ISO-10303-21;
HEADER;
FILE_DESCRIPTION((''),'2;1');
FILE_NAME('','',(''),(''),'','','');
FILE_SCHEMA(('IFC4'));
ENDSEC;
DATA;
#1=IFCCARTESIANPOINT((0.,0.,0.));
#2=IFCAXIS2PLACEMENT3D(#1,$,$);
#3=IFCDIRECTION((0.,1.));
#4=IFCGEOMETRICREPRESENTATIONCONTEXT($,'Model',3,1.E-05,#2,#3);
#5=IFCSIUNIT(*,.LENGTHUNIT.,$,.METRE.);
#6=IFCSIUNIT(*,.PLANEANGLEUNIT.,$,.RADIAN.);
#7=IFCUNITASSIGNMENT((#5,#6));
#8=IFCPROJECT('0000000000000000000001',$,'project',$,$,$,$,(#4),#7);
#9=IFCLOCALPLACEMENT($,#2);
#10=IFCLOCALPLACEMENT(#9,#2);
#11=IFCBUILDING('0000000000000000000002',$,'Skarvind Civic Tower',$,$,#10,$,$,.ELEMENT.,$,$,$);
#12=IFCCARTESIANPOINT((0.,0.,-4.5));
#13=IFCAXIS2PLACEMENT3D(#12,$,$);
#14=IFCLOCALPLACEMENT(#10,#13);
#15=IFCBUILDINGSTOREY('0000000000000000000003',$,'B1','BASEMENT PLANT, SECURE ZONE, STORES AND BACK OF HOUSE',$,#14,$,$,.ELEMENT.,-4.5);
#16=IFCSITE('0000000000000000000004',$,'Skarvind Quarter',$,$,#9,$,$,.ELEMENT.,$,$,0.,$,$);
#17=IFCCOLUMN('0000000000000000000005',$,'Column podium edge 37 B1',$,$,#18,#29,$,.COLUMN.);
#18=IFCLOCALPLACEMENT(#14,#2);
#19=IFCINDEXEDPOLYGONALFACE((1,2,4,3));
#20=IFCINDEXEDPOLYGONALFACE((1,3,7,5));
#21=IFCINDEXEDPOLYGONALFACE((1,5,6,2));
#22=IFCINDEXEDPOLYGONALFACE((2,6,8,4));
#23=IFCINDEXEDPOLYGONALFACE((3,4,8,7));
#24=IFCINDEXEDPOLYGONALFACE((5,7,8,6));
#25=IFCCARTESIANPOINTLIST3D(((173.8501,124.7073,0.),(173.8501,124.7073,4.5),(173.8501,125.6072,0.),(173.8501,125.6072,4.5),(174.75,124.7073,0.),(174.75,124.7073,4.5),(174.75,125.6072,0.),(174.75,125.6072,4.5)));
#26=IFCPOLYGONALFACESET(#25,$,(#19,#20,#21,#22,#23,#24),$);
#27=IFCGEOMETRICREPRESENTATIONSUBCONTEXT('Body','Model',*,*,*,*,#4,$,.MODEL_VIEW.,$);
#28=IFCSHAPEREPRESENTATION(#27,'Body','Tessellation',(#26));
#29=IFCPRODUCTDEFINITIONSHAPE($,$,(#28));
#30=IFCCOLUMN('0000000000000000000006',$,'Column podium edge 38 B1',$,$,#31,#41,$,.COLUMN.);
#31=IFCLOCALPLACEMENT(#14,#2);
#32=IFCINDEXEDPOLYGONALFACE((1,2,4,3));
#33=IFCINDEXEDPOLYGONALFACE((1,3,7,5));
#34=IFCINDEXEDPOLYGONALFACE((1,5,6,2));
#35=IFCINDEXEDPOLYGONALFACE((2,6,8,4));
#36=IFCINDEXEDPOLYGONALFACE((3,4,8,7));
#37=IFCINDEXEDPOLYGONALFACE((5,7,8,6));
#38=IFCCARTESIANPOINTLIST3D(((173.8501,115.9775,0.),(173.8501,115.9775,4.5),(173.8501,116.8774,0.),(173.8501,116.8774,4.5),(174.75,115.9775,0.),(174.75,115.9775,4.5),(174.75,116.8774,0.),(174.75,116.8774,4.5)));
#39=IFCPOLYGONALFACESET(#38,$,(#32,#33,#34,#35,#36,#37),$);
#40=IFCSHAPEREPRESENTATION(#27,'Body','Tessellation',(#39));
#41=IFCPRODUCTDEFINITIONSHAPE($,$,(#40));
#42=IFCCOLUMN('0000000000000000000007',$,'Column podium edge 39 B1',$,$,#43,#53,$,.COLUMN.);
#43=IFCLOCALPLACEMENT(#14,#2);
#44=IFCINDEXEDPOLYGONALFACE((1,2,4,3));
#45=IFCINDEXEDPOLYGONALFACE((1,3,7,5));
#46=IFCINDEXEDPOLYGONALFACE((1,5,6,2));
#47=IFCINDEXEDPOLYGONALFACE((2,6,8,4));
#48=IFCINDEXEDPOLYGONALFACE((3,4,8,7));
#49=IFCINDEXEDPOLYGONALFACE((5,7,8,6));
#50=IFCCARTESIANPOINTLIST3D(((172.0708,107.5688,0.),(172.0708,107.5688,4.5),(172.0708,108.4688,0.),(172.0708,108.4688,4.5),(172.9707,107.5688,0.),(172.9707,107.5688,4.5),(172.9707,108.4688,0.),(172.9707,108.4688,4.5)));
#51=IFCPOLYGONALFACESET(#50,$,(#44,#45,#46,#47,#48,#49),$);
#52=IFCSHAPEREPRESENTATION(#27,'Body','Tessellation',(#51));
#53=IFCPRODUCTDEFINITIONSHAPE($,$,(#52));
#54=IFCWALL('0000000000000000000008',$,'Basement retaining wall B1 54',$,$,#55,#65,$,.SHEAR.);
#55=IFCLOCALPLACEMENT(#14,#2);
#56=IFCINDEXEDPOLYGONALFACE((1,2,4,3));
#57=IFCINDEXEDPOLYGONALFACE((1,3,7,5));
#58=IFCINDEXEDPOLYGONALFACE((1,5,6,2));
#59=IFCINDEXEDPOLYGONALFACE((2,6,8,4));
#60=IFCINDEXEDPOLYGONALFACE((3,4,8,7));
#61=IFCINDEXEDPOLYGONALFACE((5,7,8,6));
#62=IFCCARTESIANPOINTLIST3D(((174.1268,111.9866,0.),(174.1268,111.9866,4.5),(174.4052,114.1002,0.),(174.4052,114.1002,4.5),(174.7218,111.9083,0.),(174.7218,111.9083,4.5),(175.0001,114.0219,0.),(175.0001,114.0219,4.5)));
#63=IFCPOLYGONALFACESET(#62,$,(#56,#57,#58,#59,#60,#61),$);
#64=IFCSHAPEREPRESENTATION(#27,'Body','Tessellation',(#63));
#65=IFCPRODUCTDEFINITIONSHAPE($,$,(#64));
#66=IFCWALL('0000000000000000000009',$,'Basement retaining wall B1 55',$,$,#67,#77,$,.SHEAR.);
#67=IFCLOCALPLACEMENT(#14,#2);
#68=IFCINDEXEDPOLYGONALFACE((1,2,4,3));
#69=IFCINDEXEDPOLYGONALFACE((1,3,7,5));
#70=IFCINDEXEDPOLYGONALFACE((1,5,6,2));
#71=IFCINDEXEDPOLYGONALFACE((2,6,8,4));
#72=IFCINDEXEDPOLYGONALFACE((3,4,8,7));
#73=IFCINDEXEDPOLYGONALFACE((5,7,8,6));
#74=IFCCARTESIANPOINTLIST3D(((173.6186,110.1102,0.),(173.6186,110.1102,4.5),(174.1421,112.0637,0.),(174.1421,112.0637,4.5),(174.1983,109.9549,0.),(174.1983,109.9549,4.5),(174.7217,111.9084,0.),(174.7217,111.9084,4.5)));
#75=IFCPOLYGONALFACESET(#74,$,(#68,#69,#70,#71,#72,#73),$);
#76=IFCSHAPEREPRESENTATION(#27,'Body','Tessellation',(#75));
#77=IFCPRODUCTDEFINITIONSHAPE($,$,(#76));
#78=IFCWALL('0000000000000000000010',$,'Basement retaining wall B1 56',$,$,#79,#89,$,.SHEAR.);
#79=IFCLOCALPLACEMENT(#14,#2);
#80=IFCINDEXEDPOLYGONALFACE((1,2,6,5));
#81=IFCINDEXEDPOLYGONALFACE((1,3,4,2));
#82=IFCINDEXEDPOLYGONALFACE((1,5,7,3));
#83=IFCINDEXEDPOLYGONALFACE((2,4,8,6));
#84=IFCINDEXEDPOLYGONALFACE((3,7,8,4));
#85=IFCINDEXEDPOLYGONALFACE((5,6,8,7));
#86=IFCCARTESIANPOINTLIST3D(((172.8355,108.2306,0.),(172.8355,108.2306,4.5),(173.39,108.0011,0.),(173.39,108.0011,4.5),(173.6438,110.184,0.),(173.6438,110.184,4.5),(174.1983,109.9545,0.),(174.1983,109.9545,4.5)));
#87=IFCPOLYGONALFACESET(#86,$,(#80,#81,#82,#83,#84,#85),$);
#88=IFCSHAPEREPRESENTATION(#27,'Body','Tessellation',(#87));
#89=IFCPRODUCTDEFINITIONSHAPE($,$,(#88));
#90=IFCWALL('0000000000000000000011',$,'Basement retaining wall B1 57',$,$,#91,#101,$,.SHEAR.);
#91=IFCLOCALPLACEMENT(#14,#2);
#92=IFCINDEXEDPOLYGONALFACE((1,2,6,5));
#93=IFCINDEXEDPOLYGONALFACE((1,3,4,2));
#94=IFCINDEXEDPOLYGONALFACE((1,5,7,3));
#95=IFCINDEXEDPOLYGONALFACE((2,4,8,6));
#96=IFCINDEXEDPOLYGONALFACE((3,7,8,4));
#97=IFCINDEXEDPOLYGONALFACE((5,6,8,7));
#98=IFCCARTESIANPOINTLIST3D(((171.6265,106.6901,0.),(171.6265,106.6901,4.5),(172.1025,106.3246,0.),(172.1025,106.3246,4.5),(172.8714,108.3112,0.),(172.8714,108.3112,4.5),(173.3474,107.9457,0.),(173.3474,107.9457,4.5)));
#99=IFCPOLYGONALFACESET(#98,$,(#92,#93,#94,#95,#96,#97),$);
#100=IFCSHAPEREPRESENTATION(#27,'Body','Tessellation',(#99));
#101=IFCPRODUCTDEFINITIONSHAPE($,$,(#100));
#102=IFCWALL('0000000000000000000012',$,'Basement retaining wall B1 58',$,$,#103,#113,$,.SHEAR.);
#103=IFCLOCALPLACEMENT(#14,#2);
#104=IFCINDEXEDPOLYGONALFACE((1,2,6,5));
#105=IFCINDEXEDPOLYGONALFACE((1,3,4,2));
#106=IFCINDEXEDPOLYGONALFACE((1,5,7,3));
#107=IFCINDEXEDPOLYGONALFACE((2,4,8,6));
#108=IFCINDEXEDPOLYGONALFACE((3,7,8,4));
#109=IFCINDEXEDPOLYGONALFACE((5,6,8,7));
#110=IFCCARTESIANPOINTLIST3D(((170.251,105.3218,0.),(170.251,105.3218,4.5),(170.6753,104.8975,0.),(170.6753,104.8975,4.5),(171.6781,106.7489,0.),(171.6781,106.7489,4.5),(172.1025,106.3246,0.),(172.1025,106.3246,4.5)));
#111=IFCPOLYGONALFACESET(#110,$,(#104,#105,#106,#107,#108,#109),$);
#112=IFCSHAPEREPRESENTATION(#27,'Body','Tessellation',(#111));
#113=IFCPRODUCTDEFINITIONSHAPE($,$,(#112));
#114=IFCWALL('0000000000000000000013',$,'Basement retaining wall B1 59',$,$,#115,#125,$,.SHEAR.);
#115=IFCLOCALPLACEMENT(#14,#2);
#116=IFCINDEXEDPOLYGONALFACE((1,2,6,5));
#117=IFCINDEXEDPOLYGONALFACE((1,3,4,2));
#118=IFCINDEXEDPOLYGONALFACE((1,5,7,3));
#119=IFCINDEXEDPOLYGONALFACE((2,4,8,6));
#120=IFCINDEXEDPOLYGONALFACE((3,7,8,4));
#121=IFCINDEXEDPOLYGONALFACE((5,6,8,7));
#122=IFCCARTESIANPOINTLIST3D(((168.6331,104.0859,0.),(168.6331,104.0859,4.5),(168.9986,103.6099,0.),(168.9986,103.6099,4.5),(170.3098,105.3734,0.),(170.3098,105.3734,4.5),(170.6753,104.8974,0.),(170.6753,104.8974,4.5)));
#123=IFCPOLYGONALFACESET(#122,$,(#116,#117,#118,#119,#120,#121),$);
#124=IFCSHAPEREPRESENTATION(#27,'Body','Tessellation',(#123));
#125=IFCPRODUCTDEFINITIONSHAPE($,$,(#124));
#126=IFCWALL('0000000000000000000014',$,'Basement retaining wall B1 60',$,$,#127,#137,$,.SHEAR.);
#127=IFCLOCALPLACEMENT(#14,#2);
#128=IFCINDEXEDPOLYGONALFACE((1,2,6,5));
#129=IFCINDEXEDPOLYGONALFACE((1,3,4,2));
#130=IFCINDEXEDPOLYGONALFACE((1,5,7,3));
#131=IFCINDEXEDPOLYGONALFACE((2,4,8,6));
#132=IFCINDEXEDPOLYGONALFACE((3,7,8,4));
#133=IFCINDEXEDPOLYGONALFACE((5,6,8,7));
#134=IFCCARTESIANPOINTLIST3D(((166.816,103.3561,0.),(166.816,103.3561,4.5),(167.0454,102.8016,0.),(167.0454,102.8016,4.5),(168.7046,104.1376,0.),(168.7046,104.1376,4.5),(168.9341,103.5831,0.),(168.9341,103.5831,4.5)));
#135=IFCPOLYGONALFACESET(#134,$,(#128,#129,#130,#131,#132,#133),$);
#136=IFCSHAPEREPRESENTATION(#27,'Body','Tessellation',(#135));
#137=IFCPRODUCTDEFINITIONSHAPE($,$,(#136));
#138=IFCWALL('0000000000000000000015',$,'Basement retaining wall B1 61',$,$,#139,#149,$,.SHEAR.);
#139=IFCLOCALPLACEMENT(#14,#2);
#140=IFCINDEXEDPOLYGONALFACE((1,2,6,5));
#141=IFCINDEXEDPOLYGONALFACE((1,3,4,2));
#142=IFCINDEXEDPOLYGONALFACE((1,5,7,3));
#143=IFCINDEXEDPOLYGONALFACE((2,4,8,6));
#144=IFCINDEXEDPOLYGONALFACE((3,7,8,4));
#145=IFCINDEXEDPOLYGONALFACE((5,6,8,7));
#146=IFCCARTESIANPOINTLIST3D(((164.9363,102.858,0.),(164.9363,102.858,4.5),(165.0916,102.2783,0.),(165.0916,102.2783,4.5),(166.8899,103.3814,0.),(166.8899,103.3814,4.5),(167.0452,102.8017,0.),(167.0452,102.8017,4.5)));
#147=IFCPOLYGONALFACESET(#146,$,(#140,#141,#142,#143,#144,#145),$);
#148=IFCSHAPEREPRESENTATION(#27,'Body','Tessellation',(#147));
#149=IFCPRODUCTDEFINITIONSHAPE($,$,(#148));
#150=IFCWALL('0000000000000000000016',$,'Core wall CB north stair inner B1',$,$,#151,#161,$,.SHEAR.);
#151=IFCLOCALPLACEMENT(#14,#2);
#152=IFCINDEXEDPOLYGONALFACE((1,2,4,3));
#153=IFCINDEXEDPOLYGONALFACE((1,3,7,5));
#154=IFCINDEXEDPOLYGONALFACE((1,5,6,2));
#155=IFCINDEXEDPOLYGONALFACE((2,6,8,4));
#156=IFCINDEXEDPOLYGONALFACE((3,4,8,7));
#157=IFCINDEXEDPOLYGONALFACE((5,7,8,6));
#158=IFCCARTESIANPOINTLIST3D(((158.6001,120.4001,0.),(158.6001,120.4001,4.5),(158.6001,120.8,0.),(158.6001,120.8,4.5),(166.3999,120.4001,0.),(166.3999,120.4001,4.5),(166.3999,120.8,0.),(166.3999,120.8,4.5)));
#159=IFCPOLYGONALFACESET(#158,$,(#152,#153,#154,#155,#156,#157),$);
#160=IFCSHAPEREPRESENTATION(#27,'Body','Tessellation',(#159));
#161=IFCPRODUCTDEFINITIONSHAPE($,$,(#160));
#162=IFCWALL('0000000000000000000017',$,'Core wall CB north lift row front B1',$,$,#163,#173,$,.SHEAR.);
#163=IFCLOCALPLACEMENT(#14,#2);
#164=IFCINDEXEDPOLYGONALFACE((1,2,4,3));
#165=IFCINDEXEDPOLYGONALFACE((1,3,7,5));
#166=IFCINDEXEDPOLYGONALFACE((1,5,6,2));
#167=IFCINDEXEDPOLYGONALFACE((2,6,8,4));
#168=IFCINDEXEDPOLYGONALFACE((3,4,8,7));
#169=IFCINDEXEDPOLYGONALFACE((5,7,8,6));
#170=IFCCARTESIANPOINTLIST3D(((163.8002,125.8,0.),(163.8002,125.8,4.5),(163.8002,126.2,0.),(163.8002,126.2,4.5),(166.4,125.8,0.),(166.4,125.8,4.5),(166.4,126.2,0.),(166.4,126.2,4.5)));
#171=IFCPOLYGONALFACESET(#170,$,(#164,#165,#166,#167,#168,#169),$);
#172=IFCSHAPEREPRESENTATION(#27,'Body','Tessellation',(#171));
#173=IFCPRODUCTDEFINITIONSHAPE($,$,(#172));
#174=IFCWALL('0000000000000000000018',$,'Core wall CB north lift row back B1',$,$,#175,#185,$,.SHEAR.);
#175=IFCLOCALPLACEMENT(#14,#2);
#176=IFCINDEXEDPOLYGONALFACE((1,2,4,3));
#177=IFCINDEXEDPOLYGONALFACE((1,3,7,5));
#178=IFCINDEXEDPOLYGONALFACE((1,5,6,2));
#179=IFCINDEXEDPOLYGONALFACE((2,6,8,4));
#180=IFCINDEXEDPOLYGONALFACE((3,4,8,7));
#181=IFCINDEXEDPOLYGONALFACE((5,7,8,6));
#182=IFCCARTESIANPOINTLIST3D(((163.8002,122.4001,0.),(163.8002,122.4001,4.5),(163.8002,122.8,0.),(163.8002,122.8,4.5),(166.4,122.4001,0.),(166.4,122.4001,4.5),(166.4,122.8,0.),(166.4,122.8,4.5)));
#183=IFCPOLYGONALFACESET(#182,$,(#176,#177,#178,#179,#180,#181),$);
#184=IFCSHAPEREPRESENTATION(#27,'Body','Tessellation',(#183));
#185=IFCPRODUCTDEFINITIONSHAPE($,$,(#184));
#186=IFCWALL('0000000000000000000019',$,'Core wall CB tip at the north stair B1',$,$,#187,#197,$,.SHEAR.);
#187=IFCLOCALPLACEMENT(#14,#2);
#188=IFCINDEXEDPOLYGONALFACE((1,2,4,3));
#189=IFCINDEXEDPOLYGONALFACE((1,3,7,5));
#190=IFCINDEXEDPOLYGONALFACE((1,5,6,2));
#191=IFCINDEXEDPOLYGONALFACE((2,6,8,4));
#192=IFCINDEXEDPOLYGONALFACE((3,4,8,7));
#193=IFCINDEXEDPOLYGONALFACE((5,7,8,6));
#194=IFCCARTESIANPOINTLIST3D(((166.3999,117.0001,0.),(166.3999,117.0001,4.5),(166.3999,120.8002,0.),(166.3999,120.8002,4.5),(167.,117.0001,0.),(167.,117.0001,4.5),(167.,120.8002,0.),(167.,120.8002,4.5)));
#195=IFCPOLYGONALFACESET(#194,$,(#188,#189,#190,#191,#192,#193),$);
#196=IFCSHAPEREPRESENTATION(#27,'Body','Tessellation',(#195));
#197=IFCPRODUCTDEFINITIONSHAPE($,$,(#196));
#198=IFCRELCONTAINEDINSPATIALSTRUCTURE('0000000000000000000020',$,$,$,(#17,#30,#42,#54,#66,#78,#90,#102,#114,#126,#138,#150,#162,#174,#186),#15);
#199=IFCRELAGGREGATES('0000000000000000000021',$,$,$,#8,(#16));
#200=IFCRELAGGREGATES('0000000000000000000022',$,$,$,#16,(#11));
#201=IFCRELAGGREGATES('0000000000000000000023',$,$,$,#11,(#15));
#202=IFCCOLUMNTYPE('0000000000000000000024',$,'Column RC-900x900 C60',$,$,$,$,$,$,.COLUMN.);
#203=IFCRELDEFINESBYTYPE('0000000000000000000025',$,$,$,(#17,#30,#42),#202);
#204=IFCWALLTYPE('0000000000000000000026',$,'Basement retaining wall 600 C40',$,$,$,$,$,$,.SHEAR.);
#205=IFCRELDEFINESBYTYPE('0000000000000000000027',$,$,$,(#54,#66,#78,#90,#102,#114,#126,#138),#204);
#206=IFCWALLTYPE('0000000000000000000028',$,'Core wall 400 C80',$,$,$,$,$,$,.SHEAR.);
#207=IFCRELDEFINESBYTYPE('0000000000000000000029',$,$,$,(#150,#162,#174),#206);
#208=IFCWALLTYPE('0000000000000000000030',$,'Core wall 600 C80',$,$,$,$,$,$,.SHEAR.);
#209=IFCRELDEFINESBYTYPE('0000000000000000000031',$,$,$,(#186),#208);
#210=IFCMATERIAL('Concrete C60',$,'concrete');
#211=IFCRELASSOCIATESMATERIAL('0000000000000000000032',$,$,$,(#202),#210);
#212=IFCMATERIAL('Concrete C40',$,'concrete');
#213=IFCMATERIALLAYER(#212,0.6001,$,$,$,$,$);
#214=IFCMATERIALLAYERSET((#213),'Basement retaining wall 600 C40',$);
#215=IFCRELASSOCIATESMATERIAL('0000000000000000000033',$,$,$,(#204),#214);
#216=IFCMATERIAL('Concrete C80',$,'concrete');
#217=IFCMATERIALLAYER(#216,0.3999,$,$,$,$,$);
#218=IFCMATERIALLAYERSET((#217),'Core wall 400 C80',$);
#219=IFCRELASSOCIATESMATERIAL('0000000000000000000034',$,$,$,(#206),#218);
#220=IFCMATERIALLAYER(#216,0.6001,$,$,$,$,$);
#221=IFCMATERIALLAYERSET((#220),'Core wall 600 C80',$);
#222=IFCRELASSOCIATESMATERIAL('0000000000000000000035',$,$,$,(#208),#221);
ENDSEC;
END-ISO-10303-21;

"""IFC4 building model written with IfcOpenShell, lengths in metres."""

from ifc_helpers import new_model, si_unit, direction, frame, frame_2d, origin, origin_2d, place, context, subcontext, project, spatial, rectangle, extrude, material, layer, layer_set, material_profile, profile_set, type_object, element, save


model = new_model("IFC4")

# Units and contexts
model_context = context("Model", 3, precision=1e-05, world=origin(), true_north=direction((0.0, 1.0)))
body_context = subcontext(model_context, "Body", "Model", "MODEL_VIEW")
ifc_project = project(units=[si_unit("LENGTHUNIT", "METRE"), si_unit("PLANEANGLEUNIT", "RADIAN")], contexts=[model_context])

# Site, building, storey
site_placement = place(None, origin())
site = spatial("IfcSite", under=ifc_project, at=site_placement, Name="Skarvind Quarter", CompositionType="ELEMENT", RefElevation=0.0)
building_placement = place(site_placement, origin())
building = spatial("IfcBuilding", under=site, at=building_placement, Name="Skarvind Civic Tower", CompositionType="ELEMENT")
storey_placement = place(building_placement, frame((0.0, 0.0, -4.5)))
storey = spatial("IfcBuildingStorey", under=building, at=storey_placement, Name="B1", Description="BASEMENT PLANT, SECURE ZONE, STORES AND BACK OF HOUSE", CompositionType="ELEMENT", Elevation=-4.5)

# Columns
ifc_material_1 = material(Name="Concrete C60", Category="concrete")
ifc_material_profile = material_profile(ifc_material_1, rectangle(XDim=0.8999, YDim=0.8999, at=origin_2d()), Name="RC-900x900")
ifc_profile_set = profile_set([ifc_material_profile], Name="Concrete C60")
column_type = type_object("IfcColumnType", Name="Column RC-900x900 C60", PredefinedType="COLUMN", material=ifc_profile_set)
for number, where, z_axis, x_axis, name in (
    (1, (174.3, 125.1572, 0.0), (0.0, 0.0, 1.0), (1.0, 0.0, 0.0), "Column podium edge 37 B1"),
    (2, (174.3, 116.4275, 0.0), (0.0, 0.0, 1.0), (1.0, 0.0, 0.0), "Column podium edge 38 B1"),
    (3, (172.5208, 108.0188, 0.0), (0.0, 0.0, 1.0), (1.0, 0.0, 0.0), "Column podium edge 39 B1"),
):
    element("IfcColumn", number, at=place(storey_placement, frame(where, z_axis=z_axis, x_axis=x_axis)), inside=storey, type_object=column_type, Name=name, PredefinedType="COLUMN", context=body_context, shape_type="SweptSolid", body=[
        extrude(rectangle(XDim=0.8999, YDim=0.8999, at=origin_2d()), origin(), (0.0, 0.0, 1.0), 4.5),
    ])

# Walls
ifc_material_2 = material(Name="Concrete C40", Category="concrete")
ifc_layer_1 = layer(ifc_material_2, 0.6001)
ifc_layer_set_1 = layer_set([ifc_layer_1], Name="Basement retaining wall 600 C40")
wall_type_1 = type_object("IfcWallType", Name="Basement retaining wall 600 C40", PredefinedType="SHEAR", material=ifc_layer_set_1)
wall_1_placement = place(storey_placement, frame((174.7026, 114.061, 0.0), z_axis=(0.0, 0.0, 1.0), x_axis=(-0.130558, -0.991441, 0.0)))
element("IfcWall", 4, at=wall_1_placement, inside=storey, type_object=wall_type_1, Name="Basement retaining wall B1 54", PredefinedType="SHEAR", context=body_context, shape_type="SweptSolid", body=[
    extrude(rectangle(XDim=2.1318, YDim=0.6001, at=frame_2d((1.0659, 0.0))), origin(), (0.0, 0.0, 1.0), 4.5),
])
wall_2_placement = place(storey_placement, frame((174.4319, 111.9861, 0.0), z_axis=(0.0, 0.0, 1.0), x_axis=(-0.258804, -0.96593, 0.0)))
element("IfcWall", 5, at=wall_2_placement, inside=storey, type_object=wall_type_1, Name="Basement retaining wall B1 55", PredefinedType="SHEAR", context=body_context, shape_type="SweptSolid", body=[
    extrude(rectangle(XDim=2.0225, YDim=0.6001, at=frame_2d((1.0112, 0.0))), origin(), (0.0, 0.0, 1.0), 4.5),
])
wall_3_placement = place(storey_placement, frame((173.9211, 110.0693, 0.0), z_axis=(0.0, 0.0, 1.0), x_axis=(-0.382376, -0.924007, 0.0)))
element("IfcWall", 6, at=wall_3_placement, inside=storey, type_object=wall_type_1, Name="Basement retaining wall B1 56", PredefinedType="SHEAR", context=body_context, shape_type="SweptSolid", body=[
    extrude(rectangle(XDim=2.114, YDim=0.6001, at=frame_2d((1.0571, 0.0))), origin(), (0.0, 0.0, 1.0), 4.5),
])
wall_4_placement = place(storey_placement, frame((173.1094, 108.1284, 0.0), z_axis=(0.0, 0.0, 1.0), x_axis=(-0.609058, -0.793125, 0.0)))
element("IfcWall", 7, at=wall_4_placement, inside=storey, type_object=wall_type_1, Name="Basement retaining wall B1 57", PredefinedType="SHEAR", context=body_context, shape_type="SweptSolid", body=[
    extrude(rectangle(XDim=2.0439, YDim=0.6001, at=frame_2d((1.022, 0.0))), origin(), (0.0, 0.0, 1.0), 4.5),
])
wall_5_placement = place(storey_placement, frame((171.8904, 106.5369, 0.0), z_axis=(0.0, 0.0, 1.0), x_axis=(-0.707107, -0.707107, 0.0)))
element("IfcWall", 8, at=wall_5_placement, inside=storey, type_object=wall_type_1, Name="Basement retaining wall B1 58", PredefinedType="SHEAR", context=body_context, shape_type="SweptSolid", body=[
    extrude(rectangle(XDim=2.0183, YDim=0.6001, at=frame_2d((1.0093, 0.0))), origin(), (0.0, 0.0, 1.0), 4.5),
])
wall_6_placement = place(storey_placement, frame((170.4927, 105.1355, 0.0), z_axis=(0.0, 0.0, 1.0), x_axis=(-0.79313, -0.609052, 0.0)))
element("IfcWall", 9, at=wall_6_placement, inside=storey, type_object=wall_type_1, Name="Basement retaining wall B1 59", PredefinedType="SHEAR", context=body_context, shape_type="SweptSolid", body=[
    extrude(rectangle(XDim=2.114, YDim=0.6001, at=frame_2d((1.0571, 0.0))), origin(), (0.0, 0.0, 1.0), 4.5),
])
wall_7_placement = place(storey_placement, frame((168.8193, 103.8604, 0.0), z_axis=(0.0, 0.0, 1.0), x_axis=(-0.924021, -0.382341, 0.0)))
element("IfcWall", 10, at=wall_7_placement, inside=storey, type_object=wall_type_1, Name="Basement retaining wall B1 60", PredefinedType="SHEAR", context=body_context, shape_type="SweptSolid", body=[
    extrude(rectangle(XDim=2.0439, YDim=0.6001, at=frame_2d((1.022, 0.0))), origin(), (0.0, 0.0, 1.0), 4.5),
])
wall_8_placement = place(storey_placement, frame((166.9675, 103.0916, 0.0), z_axis=(0.0, 0.0, 1.0), x_axis=(-0.96593, -0.258804, 0.0)))
element("IfcWall", 11, at=wall_8_placement, inside=storey, type_object=wall_type_1, Name="Basement retaining wall B1 61", PredefinedType="SHEAR", context=body_context, shape_type="SweptSolid", body=[
    extrude(rectangle(XDim=2.0225, YDim=0.6001, at=frame_2d((1.0112, 0.0))), origin(), (0.0, 0.0, 1.0), 4.5),
])
ifc_material_3 = material(Name="Concrete C80", Category="concrete")
ifc_layer_2 = layer(ifc_material_3, 0.3999)
ifc_layer_set_2 = layer_set([ifc_layer_2], Name="Core wall 400 C80")
wall_type_2 = type_object("IfcWallType", Name="Core wall 400 C80", PredefinedType="SHEAR", material=ifc_layer_set_2)
wall_9_placement = place(storey_placement, frame((166.3999, 120.6001, 0.0), z_axis=(0.0, 0.0, 1.0), x_axis=(-1.0, 0.0, 0.0)))
element("IfcWall", 12, at=wall_9_placement, inside=storey, type_object=wall_type_2, Name="Core wall CB north stair inner B1", PredefinedType="SHEAR", context=body_context, shape_type="SweptSolid", body=[
    extrude(rectangle(XDim=7.7998, YDim=0.3999, at=frame_2d((3.8999, 0.0))), origin(), (0.0, 0.0, 1.0), 4.5),
])
for number, where, z_axis, x_axis, name in (
    (13, (166.3999, 126.0, 0.0), (0.0, 0.0, 1.0), (-1.0, 0.0, 0.0), "Core wall CB north lift row front B1"),
    (14, (166.3999, 122.6001, 0.0), (0.0, 0.0, 1.0), (-1.0, 0.0, 0.0), "Core wall CB north lift row back B1"),
):
    element("IfcWall", number, at=place(storey_placement, frame(where, z_axis=z_axis, x_axis=x_axis)), inside=storey, type_object=wall_type_2, Name=name, PredefinedType="SHEAR", context=body_context, shape_type="SweptSolid", body=[
        extrude(rectangle(XDim=2.5999, YDim=0.3999, at=frame_2d((1.2998, 0.0))), origin(), (0.0, 0.0, 1.0), 4.5),
    ])
ifc_layer_3 = layer(ifc_material_3, 0.6001)
ifc_layer_set_3 = layer_set([ifc_layer_3], Name="Core wall 600 C80")
wall_type_3 = type_object("IfcWallType", Name="Core wall 600 C80", PredefinedType="SHEAR", material=ifc_layer_set_3)
wall_10_placement = place(storey_placement, frame((166.7, 120.8, 0.0), z_axis=(0.0, 0.0, 1.0), x_axis=(0.0, -1.0, 0.0)))
element("IfcWall", 15, at=wall_10_placement, inside=storey, type_object=wall_type_3, Name="Core wall CB tip at the north stair B1", PredefinedType="SHEAR", context=body_context, shape_type="SweptSolid", body=[
    extrude(rectangle(XDim=3.8, YDim=0.6001, at=frame_2d((1.8999, 0.0))), origin(), (0.0, 0.0, 1.0), 4.5),
])

save(model, "model.ifc")
